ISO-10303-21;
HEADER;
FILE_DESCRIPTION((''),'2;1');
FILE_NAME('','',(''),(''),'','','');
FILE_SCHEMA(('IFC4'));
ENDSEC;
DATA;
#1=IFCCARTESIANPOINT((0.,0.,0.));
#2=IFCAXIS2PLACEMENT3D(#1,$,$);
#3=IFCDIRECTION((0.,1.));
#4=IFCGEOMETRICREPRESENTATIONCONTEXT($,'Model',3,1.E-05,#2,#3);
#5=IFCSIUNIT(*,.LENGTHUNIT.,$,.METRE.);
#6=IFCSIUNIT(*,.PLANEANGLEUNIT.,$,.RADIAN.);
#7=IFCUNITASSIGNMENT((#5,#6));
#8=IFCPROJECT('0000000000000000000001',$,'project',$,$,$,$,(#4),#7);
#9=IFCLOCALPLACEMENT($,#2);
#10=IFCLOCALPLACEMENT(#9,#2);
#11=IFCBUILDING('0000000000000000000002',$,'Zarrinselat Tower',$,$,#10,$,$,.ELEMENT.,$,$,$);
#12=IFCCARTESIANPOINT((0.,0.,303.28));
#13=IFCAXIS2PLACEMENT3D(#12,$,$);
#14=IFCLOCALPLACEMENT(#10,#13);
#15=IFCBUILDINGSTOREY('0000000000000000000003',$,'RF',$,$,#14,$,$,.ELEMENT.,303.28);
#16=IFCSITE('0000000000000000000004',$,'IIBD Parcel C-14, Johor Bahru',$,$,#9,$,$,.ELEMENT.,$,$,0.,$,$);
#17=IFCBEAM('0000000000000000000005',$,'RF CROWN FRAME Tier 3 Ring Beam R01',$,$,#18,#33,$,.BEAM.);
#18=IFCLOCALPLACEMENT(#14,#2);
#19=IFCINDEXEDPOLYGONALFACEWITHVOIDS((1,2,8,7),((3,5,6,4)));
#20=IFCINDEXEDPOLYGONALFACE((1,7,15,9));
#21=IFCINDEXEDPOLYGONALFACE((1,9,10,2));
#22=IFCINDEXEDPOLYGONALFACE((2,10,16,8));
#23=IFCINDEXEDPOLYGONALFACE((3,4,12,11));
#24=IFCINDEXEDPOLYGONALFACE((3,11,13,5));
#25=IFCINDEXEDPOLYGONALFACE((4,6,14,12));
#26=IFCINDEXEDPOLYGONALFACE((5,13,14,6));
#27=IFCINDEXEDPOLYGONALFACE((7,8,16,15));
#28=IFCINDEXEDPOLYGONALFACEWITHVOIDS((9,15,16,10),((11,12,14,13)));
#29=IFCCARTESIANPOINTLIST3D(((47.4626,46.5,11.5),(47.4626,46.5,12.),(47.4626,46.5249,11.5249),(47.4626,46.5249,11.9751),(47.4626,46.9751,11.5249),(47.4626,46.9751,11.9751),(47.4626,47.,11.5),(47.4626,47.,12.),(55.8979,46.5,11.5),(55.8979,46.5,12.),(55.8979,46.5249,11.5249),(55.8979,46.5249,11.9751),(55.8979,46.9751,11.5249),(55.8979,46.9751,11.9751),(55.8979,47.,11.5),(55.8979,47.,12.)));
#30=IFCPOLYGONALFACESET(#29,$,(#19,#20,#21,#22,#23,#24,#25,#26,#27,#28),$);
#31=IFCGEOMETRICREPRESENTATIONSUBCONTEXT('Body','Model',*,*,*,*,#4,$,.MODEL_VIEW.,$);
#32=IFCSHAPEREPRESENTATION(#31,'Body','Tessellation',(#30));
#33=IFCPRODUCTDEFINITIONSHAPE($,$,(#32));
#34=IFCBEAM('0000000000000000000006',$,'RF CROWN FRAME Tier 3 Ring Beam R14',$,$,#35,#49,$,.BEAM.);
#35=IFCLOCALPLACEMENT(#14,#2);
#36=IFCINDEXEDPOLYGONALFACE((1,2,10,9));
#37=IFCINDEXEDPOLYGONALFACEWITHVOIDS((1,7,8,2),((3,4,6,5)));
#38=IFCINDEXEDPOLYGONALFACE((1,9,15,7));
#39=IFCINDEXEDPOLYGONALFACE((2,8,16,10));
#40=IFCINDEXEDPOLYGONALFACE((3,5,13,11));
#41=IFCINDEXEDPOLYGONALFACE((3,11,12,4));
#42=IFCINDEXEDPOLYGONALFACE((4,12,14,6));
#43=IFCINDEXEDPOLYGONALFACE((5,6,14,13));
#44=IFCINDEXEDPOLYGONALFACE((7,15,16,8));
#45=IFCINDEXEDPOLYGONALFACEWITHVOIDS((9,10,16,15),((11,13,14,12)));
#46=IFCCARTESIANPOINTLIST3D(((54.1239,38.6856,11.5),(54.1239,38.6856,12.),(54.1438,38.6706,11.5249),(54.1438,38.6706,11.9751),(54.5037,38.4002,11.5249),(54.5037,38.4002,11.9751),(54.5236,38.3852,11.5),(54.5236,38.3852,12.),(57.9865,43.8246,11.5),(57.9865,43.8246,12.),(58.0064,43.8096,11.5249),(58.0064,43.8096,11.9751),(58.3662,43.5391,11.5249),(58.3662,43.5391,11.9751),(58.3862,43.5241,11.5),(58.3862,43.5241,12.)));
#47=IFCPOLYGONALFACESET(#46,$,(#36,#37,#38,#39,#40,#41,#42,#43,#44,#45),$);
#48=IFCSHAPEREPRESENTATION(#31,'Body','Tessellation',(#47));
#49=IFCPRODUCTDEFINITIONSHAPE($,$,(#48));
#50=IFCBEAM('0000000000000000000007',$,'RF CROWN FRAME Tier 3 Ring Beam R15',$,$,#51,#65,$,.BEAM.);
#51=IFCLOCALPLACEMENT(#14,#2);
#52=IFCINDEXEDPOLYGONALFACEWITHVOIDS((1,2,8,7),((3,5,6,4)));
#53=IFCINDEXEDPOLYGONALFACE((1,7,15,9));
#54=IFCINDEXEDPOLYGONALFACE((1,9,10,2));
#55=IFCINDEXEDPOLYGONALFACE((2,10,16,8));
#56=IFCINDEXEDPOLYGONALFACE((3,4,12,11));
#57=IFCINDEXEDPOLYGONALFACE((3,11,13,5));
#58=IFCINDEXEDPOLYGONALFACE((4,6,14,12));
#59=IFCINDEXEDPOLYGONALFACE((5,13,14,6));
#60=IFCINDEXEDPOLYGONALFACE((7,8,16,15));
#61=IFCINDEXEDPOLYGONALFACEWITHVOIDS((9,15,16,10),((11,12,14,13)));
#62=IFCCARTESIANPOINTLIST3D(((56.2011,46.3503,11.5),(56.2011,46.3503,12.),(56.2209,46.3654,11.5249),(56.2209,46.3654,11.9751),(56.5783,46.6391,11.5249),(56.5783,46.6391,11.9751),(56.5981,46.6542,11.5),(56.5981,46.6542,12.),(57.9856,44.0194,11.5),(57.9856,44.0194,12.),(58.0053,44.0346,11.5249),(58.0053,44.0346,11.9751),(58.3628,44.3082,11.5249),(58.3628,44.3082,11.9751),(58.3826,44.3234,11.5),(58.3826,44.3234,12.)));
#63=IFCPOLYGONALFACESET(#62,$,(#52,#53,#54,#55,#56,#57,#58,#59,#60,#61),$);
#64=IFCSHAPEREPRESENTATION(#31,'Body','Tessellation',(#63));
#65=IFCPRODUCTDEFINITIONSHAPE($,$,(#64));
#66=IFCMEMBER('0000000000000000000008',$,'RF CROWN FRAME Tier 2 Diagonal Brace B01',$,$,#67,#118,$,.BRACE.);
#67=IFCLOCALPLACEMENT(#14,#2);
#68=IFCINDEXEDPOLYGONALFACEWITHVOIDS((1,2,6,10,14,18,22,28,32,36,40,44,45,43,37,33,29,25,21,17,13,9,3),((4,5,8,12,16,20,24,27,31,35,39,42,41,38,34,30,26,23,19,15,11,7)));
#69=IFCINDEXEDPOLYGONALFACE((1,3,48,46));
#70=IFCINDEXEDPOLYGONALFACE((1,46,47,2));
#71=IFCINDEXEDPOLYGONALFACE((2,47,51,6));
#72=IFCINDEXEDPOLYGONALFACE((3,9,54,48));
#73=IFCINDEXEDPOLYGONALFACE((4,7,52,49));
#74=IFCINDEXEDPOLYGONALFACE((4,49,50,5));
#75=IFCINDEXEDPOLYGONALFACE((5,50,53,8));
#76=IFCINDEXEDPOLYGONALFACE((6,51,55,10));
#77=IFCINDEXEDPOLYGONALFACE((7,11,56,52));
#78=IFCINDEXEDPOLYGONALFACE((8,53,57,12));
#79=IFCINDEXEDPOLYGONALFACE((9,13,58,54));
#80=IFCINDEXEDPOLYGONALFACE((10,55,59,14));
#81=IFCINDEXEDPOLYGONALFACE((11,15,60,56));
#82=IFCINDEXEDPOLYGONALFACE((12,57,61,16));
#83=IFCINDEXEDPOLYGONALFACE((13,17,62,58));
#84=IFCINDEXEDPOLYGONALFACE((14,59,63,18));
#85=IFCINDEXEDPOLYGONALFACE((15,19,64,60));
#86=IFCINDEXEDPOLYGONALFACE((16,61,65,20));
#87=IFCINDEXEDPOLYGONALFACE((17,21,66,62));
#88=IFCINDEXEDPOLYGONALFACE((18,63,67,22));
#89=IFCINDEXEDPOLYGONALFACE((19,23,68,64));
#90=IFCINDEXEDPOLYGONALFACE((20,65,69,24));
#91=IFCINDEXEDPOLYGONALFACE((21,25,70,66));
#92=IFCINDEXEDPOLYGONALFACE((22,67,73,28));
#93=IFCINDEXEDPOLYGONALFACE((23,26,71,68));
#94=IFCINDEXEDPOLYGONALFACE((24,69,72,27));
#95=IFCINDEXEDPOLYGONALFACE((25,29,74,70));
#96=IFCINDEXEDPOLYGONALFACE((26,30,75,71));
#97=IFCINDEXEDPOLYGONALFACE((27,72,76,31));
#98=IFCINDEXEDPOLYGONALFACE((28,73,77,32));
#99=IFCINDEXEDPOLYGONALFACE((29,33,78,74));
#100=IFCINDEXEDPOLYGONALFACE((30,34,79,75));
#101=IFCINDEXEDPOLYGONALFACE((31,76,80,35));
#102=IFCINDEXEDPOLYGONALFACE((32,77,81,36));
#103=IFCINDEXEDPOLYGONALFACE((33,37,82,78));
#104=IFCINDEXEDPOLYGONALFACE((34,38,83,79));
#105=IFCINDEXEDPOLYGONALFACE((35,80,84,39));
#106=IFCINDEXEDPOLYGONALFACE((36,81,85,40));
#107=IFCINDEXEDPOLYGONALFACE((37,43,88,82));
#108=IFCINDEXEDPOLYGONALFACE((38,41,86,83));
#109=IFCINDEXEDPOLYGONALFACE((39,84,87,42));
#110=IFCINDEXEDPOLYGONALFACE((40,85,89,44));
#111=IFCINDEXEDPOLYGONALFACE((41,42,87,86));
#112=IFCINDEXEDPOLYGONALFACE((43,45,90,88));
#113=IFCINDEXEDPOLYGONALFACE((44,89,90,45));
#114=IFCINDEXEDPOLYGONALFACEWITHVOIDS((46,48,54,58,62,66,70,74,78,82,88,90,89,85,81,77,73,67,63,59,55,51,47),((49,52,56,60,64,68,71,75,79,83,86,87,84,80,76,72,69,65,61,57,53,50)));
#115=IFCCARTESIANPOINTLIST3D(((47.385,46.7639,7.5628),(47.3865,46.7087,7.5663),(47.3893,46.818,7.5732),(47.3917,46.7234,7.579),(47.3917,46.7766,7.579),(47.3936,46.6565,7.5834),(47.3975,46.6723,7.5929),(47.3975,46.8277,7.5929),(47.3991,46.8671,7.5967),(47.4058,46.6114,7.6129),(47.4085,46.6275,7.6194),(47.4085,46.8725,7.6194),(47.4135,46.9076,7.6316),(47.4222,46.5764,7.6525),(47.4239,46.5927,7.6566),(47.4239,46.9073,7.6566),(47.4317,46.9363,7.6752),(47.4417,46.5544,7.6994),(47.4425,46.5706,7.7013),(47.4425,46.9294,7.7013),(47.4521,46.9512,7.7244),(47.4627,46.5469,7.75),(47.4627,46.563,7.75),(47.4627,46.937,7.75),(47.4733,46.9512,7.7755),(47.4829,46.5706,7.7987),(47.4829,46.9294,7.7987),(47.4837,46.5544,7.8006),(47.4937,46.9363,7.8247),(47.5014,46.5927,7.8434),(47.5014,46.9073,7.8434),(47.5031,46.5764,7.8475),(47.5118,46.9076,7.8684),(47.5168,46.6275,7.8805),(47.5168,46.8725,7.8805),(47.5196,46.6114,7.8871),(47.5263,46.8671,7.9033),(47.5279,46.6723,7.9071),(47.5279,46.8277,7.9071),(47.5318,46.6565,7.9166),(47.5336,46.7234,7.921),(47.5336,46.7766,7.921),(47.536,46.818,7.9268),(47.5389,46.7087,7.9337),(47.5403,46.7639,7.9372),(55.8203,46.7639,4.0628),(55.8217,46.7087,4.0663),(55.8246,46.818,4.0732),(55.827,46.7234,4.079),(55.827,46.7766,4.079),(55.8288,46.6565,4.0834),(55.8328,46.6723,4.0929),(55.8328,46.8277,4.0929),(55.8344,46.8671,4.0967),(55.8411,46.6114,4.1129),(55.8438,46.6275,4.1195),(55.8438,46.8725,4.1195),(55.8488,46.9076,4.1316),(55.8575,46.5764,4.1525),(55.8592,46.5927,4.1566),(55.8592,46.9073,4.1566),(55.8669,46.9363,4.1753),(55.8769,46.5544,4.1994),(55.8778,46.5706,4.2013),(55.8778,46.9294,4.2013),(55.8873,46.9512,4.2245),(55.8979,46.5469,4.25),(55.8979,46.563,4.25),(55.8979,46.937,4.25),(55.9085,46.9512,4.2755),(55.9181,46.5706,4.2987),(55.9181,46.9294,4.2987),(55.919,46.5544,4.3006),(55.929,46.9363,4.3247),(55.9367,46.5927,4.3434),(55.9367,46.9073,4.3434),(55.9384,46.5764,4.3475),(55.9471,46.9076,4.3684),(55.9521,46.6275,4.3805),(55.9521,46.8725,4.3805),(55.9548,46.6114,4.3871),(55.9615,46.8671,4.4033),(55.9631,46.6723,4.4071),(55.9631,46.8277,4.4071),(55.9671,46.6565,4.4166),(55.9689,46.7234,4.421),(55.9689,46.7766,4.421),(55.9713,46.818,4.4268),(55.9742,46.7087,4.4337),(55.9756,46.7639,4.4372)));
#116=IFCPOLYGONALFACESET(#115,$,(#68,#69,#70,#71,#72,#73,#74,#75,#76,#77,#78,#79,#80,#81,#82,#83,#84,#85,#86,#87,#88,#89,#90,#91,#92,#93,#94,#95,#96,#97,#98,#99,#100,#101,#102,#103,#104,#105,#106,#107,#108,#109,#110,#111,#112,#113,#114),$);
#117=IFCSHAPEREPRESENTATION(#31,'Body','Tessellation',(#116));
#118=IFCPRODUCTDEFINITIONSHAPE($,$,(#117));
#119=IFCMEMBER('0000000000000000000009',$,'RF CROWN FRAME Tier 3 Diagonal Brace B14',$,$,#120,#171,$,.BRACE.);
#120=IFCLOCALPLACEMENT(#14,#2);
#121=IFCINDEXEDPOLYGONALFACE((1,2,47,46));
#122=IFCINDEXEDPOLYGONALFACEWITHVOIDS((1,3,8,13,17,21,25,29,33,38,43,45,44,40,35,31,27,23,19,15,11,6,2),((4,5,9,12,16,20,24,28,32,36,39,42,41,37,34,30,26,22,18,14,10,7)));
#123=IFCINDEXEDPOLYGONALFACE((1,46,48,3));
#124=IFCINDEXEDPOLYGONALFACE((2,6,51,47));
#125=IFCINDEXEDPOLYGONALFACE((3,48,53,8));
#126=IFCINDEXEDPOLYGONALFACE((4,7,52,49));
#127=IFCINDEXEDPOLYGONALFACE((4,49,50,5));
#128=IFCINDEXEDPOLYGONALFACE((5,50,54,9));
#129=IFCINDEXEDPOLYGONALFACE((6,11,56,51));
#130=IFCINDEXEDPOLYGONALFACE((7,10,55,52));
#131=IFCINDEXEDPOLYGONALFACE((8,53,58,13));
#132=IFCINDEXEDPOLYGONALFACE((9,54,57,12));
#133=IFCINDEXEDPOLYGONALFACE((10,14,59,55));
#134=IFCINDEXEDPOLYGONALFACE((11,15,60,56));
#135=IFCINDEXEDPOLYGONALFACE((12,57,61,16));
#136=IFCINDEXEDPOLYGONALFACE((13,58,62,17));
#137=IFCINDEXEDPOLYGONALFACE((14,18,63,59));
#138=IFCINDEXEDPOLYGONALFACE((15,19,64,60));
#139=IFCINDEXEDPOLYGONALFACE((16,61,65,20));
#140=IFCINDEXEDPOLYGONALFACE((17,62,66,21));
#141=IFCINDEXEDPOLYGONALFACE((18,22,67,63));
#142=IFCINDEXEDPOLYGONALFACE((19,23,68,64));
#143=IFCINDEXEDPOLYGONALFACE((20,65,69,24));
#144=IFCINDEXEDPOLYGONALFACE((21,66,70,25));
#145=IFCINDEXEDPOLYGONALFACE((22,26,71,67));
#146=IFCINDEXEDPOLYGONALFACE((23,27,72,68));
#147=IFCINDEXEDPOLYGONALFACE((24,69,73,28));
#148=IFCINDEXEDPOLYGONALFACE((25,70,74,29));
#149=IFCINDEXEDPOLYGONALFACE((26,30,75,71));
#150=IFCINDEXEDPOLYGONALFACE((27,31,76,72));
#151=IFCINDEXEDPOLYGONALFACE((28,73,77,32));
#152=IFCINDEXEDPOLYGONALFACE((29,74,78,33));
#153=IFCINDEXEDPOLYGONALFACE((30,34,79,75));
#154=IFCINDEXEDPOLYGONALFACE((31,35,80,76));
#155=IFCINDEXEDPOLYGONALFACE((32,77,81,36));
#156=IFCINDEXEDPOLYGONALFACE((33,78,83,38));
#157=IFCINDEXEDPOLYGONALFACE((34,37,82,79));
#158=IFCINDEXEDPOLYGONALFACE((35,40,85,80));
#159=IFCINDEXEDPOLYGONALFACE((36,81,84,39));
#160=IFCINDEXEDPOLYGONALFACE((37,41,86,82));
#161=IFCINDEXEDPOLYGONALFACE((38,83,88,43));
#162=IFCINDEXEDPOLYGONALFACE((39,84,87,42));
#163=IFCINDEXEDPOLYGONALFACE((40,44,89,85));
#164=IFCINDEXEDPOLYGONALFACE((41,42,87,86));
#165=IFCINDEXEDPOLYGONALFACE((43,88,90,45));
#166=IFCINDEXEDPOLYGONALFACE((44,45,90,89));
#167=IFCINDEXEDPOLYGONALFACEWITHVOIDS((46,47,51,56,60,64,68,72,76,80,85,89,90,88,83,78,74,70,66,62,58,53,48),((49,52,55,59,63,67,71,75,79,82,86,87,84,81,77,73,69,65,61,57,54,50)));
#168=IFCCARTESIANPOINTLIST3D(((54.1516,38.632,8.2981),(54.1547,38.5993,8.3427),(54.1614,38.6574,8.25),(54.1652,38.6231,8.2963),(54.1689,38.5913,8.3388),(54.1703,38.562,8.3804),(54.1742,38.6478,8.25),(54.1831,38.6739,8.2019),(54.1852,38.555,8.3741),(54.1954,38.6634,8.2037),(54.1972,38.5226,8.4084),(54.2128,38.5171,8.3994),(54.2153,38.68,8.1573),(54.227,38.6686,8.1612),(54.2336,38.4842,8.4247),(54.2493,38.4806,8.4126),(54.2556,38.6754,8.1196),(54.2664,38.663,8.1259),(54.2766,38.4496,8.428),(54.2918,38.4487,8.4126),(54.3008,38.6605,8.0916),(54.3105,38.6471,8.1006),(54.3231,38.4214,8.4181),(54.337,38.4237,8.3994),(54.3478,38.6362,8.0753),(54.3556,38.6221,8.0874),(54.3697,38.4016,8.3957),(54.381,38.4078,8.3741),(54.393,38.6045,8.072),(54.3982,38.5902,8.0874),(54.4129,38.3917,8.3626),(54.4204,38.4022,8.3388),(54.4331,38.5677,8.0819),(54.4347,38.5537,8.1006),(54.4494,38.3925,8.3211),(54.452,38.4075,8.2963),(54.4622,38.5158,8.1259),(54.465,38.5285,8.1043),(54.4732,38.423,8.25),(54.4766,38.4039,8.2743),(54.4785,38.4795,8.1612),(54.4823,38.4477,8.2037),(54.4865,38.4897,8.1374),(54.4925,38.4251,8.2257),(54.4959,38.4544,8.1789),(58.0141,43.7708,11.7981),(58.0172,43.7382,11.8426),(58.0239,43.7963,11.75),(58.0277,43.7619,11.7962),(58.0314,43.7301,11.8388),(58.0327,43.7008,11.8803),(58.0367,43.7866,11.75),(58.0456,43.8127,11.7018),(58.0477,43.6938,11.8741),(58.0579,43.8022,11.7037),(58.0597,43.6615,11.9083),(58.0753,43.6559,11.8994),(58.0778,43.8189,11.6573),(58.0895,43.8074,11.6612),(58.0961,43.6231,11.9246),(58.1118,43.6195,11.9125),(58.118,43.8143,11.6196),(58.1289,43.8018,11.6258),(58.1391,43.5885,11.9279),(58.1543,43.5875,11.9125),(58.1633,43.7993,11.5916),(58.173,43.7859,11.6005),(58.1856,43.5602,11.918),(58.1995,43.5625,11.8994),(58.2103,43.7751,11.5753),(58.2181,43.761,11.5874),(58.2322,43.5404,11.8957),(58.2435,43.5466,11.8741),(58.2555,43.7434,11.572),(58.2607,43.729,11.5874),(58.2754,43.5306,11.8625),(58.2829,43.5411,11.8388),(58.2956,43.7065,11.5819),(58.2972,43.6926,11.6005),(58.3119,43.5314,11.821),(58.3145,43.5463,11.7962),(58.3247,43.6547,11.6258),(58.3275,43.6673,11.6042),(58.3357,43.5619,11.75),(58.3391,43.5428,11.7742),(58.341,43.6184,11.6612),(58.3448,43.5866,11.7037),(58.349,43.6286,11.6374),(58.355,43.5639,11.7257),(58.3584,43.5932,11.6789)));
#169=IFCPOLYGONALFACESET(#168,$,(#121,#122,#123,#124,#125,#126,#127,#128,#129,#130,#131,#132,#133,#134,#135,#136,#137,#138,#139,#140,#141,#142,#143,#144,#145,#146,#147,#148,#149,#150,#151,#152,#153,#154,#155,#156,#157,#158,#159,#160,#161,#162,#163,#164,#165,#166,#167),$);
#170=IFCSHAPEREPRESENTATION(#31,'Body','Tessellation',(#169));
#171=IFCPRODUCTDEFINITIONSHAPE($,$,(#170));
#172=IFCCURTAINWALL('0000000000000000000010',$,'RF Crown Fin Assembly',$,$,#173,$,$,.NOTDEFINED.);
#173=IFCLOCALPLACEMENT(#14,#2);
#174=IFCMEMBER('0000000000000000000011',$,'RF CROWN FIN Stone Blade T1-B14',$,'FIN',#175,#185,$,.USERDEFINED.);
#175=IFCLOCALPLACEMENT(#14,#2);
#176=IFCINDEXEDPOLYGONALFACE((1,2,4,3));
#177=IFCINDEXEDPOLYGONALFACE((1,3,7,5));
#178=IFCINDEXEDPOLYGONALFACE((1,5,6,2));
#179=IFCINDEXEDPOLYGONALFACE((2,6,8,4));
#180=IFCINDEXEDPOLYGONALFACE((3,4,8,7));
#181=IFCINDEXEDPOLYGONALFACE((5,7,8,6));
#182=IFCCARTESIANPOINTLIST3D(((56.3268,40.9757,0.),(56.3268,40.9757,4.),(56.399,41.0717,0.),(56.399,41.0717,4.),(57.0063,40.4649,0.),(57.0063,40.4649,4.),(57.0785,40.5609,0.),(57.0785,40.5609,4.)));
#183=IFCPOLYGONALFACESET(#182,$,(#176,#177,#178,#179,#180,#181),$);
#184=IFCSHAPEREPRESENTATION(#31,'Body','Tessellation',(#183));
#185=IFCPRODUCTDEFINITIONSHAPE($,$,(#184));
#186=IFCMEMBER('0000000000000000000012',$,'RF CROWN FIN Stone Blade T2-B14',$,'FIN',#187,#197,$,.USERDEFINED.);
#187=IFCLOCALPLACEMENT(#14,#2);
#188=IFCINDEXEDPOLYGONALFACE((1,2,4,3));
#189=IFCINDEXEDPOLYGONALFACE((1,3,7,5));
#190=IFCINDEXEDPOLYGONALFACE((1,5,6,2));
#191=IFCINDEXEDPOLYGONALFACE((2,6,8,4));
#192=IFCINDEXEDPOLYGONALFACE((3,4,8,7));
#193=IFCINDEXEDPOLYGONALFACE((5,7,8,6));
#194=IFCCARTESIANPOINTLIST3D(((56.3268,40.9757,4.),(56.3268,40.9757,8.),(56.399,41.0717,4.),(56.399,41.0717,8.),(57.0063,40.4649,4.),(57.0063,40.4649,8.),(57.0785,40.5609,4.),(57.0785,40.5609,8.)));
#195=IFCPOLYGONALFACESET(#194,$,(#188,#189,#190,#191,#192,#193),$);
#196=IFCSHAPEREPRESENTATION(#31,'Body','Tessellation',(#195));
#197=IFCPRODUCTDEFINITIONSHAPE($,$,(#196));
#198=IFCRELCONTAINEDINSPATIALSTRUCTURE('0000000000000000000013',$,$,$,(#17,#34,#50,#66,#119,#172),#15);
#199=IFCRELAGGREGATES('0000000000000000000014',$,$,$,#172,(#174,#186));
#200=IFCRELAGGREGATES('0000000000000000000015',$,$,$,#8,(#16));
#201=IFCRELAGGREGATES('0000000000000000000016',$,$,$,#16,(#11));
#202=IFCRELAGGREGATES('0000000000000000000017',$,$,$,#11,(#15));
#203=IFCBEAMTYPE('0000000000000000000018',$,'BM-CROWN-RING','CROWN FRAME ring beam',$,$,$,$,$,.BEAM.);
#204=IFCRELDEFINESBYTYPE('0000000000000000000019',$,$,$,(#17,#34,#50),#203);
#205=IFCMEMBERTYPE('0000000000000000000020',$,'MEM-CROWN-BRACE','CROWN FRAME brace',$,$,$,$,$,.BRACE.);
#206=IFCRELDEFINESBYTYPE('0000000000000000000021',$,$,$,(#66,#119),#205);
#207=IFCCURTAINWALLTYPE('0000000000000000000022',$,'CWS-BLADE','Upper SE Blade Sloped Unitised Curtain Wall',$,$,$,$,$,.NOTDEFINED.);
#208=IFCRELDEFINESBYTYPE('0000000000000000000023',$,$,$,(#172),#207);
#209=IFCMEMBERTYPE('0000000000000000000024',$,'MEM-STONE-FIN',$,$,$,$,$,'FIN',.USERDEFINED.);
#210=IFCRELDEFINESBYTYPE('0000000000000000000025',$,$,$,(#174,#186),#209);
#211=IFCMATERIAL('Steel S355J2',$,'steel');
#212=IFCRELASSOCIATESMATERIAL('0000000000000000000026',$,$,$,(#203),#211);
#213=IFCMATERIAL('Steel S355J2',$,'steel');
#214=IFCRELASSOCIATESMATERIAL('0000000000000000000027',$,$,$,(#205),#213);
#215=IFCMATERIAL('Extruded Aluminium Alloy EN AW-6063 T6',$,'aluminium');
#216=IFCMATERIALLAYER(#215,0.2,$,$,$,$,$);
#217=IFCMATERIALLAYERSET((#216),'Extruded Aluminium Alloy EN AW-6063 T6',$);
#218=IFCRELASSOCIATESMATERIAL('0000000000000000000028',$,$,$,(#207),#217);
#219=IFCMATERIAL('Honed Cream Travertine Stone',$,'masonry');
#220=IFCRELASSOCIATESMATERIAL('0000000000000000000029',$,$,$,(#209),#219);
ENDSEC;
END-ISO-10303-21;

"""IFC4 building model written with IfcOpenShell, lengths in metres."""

from ifc_helpers import new_model, si_unit, direction, frame, origin, origin_2d, place, context, subcontext, project, spatial, rectangle, hollow_rectangle, hollow_circle, extrude, material, layer, layer_set, material_profile, profile_set, type_object, element, aggregate, save


model = new_model("IFC4")

# Units and contexts
model_context = context("Model", 3, precision=1e-05, world=origin(), true_north=direction((0.0, 1.0)))
body_context = subcontext(model_context, "Body", "Model", "MODEL_VIEW")
ifc_project = project(units=[si_unit("LENGTHUNIT", "METRE"), si_unit("PLANEANGLEUNIT", "RADIAN")], contexts=[model_context])

# Site, building, storey
site_placement = place(None, origin())
site = spatial("IfcSite", under=ifc_project, at=site_placement, Name="IIBD Parcel C-14, Johor Bahru", CompositionType="ELEMENT", RefElevation=0.0)
building_placement = place(site_placement, origin())
building = spatial("IfcBuilding", under=site, at=building_placement, Name="Zarrinselat Tower", CompositionType="ELEMENT")
storey_placement = place(building_placement, frame((0.0, 0.0, 303.28)))
storey = spatial("IfcBuildingStorey", under=building, at=storey_placement, Name="RF", CompositionType="ELEMENT", Elevation=303.28)

# Beams
ifc_material_1 = material(Name="Steel S355J2", Category="steel")
ifc_material_profile_1 = material_profile(ifc_material_1, hollow_rectangle(XDim=0.5, YDim=0.5, WallThickness=0.0249, at=origin_2d()), Name="SHS 500x500x25")
ifc_profile_set_1 = profile_set([ifc_material_profile_1], Name="Steel S355J2")
beam_type = type_object("IfcBeamType", Name="BM-CROWN-RING", Description="CROWN FRAME ring beam", PredefinedType="BEAM", material=ifc_profile_set_1)
beam_1_placement = place(storey_placement, frame((55.8979, 46.75, 11.75), z_axis=(-1.0, 0.0, 0.0), x_axis=(0.0, -1.0, 0.0)))
element("IfcBeam", 1, at=beam_1_placement, inside=storey, type_object=beam_type, Name="RF CROWN FRAME Tier 3 Ring Beam R01", PredefinedType="BEAM", context=body_context, shape_type="SweptSolid", body=[
    extrude(hollow_rectangle(XDim=0.5, YDim=0.5, WallThickness=0.0249, at=origin_2d()), origin(), (0.0, 0.0, 1.0), 8.4353),
])
beam_2_placement = place(storey_placement, frame((54.3237, 38.5354, 11.75), z_axis=(0.600832, 0.799375, 0.0), x_axis=(-0.799375, 0.600832, 0.0)))
element("IfcBeam", 2, at=beam_2_placement, inside=storey, type_object=beam_type, Name="RF CROWN FRAME Tier 3 Ring Beam R14", PredefinedType="BEAM", context=body_context, shape_type="SweptSolid", body=[
    extrude(hollow_rectangle(XDim=0.5, YDim=0.5, WallThickness=0.0249, at=origin_2d()), origin(), (0.0, 0.0, 1.0), 6.4287),
])
beam_3_placement = place(storey_placement, frame((58.1841, 44.1714, 11.75), z_axis=(-0.607888, 0.794022, 0.0), x_axis=(-0.794022, -0.607888, 0.0)))
element("IfcBeam", 3, at=beam_3_placement, inside=storey, type_object=beam_type, Name="RF CROWN FRAME Tier 3 Ring Beam R15", PredefinedType="BEAM", context=body_context, shape_type="SweptSolid", body=[
    extrude(hollow_rectangle(XDim=0.5, YDim=0.5, WallThickness=0.0249, at=origin_2d()), origin(), (0.0, 0.0, 1.0), 2.9355),
])

# Members
ifc_material_2 = material(Name="Steel S355J2", Category="steel")
ifc_material_profile_2 = material_profile(ifc_material_2, hollow_circle(Radius=0.2031, WallThickness=0.0161, at=origin_2d()), Name="CHS 406.4x16")
ifc_profile_set_2 = profile_set([ifc_material_profile_2], Name="Steel S355J2")
member_type_1 = type_object("IfcMemberType", Name="MEM-CROWN-BRACE", Description="CROWN FRAME brace", PredefinedType="BRACE", material=ifc_profile_set_2)
member_1_placement = place(storey_placement, frame((55.8979, 46.75, 4.25), z_axis=(-0.923648, 0.0, 0.383243), x_axis=(0.0, -1.0, 0.0)))
element("IfcMember", 4, at=member_1_placement, inside=storey, type_object=member_type_1, Name="RF CROWN FRAME Tier 2 Diagonal Brace B01", PredefinedType="BRACE", context=body_context, shape_type="SweptSolid", body=[
    extrude(hollow_circle(Radius=0.2031, WallThickness=0.0161, at=origin_2d()), origin(), (0.0, 0.0, 1.0), 9.1326),
])
member_2_placement = place(storey_placement, frame((54.3237, 38.5354, 8.25), z_axis=(0.527694, 0.702068, 0.478163), x_axis=(-0.799375, 0.600832, 0.0)))
element("IfcMember", 5, at=member_2_placement, inside=storey, type_object=member_type_1, Name="RF CROWN FRAME Tier 3 Diagonal Brace B14", PredefinedType="BRACE", context=body_context, shape_type="SweptSolid", body=[
    extrude(hollow_circle(Radius=0.2031, WallThickness=0.0161, at=origin_2d()), origin(), (0.0, 0.0, 1.0), 7.3196),
])

# Curtain wall, members
ifc_material_3 = material(Name="Extruded Aluminium Alloy EN AW-6063 T6", Category="aluminium")
ifc_layer_1 = layer(ifc_material_3, 0.2)
ifc_layer_set_1 = layer_set([ifc_layer_1], Name="Extruded Aluminium Alloy EN AW-6063 T6")
curtain_wall_type = type_object("IfcCurtainWallType", Name="CWS-BLADE", Description="Upper SE Blade Sloped Unitised Curtain Wall", PredefinedType="NOTDEFINED", material=ifc_layer_set_1)
curtain_wall_placement = place(storey_placement, origin())
curtain_wall = element("IfcCurtainWall", 6, at=curtain_wall_placement, inside=storey, type_object=curtain_wall_type, Name="RF Crown Fin Assembly", PredefinedType="NOTDEFINED")
ifc_material_4 = material(Name="Honed Cream Travertine Stone", Category="masonry")
ifc_material_profile_3 = material_profile(ifc_material_4, rectangle(XDim=0.1201, YDim=0.8501, at=origin_2d()), Name="FIN 850x120")
ifc_profile_set_3 = profile_set([ifc_material_profile_3], Name="Honed Cream Travertine Stone")
member_type_2 = type_object("IfcMemberType", Name="MEM-STONE-FIN", ElementType="FIN", PredefinedType="USERDEFINED", material=ifc_profile_set_3)
member_3_placement = place(storey_placement, frame((56.7026, 40.7683, 0.0), z_axis=(0.0, 0.0, 1.0), x_axis=(-0.600844, -0.799367, 0.0)))
member_3 = element("IfcMember", 7, at=member_3_placement, type_object=member_type_2, Name="RF CROWN FIN Stone Blade T1-B14", ObjectType="FIN", PredefinedType="USERDEFINED", context=body_context, shape_type="SweptSolid", body=[
    extrude(rectangle(XDim=0.1201, YDim=0.8501, at=origin_2d()), origin(), (0.0, 0.0, 1.0), 4.0),
])
member_4_placement = place(storey_placement, frame((56.7026, 40.7683, 4.0), z_axis=(0.0, 0.0, 1.0), x_axis=(-0.600844, -0.799367, 0.0)))
member_4 = element("IfcMember", 8, at=member_4_placement, type_object=member_type_2, Name="RF CROWN FIN Stone Blade T2-B14", ObjectType="FIN", PredefinedType="USERDEFINED", context=body_context, shape_type="SweptSolid", body=[
    extrude(rectangle(XDim=0.1201, YDim=0.8501, at=origin_2d()), origin(), (0.0, 0.0, 1.0), 4.0),
])
aggregate(curtain_wall, [member_3, member_4])

save(model, "model.ifc")
